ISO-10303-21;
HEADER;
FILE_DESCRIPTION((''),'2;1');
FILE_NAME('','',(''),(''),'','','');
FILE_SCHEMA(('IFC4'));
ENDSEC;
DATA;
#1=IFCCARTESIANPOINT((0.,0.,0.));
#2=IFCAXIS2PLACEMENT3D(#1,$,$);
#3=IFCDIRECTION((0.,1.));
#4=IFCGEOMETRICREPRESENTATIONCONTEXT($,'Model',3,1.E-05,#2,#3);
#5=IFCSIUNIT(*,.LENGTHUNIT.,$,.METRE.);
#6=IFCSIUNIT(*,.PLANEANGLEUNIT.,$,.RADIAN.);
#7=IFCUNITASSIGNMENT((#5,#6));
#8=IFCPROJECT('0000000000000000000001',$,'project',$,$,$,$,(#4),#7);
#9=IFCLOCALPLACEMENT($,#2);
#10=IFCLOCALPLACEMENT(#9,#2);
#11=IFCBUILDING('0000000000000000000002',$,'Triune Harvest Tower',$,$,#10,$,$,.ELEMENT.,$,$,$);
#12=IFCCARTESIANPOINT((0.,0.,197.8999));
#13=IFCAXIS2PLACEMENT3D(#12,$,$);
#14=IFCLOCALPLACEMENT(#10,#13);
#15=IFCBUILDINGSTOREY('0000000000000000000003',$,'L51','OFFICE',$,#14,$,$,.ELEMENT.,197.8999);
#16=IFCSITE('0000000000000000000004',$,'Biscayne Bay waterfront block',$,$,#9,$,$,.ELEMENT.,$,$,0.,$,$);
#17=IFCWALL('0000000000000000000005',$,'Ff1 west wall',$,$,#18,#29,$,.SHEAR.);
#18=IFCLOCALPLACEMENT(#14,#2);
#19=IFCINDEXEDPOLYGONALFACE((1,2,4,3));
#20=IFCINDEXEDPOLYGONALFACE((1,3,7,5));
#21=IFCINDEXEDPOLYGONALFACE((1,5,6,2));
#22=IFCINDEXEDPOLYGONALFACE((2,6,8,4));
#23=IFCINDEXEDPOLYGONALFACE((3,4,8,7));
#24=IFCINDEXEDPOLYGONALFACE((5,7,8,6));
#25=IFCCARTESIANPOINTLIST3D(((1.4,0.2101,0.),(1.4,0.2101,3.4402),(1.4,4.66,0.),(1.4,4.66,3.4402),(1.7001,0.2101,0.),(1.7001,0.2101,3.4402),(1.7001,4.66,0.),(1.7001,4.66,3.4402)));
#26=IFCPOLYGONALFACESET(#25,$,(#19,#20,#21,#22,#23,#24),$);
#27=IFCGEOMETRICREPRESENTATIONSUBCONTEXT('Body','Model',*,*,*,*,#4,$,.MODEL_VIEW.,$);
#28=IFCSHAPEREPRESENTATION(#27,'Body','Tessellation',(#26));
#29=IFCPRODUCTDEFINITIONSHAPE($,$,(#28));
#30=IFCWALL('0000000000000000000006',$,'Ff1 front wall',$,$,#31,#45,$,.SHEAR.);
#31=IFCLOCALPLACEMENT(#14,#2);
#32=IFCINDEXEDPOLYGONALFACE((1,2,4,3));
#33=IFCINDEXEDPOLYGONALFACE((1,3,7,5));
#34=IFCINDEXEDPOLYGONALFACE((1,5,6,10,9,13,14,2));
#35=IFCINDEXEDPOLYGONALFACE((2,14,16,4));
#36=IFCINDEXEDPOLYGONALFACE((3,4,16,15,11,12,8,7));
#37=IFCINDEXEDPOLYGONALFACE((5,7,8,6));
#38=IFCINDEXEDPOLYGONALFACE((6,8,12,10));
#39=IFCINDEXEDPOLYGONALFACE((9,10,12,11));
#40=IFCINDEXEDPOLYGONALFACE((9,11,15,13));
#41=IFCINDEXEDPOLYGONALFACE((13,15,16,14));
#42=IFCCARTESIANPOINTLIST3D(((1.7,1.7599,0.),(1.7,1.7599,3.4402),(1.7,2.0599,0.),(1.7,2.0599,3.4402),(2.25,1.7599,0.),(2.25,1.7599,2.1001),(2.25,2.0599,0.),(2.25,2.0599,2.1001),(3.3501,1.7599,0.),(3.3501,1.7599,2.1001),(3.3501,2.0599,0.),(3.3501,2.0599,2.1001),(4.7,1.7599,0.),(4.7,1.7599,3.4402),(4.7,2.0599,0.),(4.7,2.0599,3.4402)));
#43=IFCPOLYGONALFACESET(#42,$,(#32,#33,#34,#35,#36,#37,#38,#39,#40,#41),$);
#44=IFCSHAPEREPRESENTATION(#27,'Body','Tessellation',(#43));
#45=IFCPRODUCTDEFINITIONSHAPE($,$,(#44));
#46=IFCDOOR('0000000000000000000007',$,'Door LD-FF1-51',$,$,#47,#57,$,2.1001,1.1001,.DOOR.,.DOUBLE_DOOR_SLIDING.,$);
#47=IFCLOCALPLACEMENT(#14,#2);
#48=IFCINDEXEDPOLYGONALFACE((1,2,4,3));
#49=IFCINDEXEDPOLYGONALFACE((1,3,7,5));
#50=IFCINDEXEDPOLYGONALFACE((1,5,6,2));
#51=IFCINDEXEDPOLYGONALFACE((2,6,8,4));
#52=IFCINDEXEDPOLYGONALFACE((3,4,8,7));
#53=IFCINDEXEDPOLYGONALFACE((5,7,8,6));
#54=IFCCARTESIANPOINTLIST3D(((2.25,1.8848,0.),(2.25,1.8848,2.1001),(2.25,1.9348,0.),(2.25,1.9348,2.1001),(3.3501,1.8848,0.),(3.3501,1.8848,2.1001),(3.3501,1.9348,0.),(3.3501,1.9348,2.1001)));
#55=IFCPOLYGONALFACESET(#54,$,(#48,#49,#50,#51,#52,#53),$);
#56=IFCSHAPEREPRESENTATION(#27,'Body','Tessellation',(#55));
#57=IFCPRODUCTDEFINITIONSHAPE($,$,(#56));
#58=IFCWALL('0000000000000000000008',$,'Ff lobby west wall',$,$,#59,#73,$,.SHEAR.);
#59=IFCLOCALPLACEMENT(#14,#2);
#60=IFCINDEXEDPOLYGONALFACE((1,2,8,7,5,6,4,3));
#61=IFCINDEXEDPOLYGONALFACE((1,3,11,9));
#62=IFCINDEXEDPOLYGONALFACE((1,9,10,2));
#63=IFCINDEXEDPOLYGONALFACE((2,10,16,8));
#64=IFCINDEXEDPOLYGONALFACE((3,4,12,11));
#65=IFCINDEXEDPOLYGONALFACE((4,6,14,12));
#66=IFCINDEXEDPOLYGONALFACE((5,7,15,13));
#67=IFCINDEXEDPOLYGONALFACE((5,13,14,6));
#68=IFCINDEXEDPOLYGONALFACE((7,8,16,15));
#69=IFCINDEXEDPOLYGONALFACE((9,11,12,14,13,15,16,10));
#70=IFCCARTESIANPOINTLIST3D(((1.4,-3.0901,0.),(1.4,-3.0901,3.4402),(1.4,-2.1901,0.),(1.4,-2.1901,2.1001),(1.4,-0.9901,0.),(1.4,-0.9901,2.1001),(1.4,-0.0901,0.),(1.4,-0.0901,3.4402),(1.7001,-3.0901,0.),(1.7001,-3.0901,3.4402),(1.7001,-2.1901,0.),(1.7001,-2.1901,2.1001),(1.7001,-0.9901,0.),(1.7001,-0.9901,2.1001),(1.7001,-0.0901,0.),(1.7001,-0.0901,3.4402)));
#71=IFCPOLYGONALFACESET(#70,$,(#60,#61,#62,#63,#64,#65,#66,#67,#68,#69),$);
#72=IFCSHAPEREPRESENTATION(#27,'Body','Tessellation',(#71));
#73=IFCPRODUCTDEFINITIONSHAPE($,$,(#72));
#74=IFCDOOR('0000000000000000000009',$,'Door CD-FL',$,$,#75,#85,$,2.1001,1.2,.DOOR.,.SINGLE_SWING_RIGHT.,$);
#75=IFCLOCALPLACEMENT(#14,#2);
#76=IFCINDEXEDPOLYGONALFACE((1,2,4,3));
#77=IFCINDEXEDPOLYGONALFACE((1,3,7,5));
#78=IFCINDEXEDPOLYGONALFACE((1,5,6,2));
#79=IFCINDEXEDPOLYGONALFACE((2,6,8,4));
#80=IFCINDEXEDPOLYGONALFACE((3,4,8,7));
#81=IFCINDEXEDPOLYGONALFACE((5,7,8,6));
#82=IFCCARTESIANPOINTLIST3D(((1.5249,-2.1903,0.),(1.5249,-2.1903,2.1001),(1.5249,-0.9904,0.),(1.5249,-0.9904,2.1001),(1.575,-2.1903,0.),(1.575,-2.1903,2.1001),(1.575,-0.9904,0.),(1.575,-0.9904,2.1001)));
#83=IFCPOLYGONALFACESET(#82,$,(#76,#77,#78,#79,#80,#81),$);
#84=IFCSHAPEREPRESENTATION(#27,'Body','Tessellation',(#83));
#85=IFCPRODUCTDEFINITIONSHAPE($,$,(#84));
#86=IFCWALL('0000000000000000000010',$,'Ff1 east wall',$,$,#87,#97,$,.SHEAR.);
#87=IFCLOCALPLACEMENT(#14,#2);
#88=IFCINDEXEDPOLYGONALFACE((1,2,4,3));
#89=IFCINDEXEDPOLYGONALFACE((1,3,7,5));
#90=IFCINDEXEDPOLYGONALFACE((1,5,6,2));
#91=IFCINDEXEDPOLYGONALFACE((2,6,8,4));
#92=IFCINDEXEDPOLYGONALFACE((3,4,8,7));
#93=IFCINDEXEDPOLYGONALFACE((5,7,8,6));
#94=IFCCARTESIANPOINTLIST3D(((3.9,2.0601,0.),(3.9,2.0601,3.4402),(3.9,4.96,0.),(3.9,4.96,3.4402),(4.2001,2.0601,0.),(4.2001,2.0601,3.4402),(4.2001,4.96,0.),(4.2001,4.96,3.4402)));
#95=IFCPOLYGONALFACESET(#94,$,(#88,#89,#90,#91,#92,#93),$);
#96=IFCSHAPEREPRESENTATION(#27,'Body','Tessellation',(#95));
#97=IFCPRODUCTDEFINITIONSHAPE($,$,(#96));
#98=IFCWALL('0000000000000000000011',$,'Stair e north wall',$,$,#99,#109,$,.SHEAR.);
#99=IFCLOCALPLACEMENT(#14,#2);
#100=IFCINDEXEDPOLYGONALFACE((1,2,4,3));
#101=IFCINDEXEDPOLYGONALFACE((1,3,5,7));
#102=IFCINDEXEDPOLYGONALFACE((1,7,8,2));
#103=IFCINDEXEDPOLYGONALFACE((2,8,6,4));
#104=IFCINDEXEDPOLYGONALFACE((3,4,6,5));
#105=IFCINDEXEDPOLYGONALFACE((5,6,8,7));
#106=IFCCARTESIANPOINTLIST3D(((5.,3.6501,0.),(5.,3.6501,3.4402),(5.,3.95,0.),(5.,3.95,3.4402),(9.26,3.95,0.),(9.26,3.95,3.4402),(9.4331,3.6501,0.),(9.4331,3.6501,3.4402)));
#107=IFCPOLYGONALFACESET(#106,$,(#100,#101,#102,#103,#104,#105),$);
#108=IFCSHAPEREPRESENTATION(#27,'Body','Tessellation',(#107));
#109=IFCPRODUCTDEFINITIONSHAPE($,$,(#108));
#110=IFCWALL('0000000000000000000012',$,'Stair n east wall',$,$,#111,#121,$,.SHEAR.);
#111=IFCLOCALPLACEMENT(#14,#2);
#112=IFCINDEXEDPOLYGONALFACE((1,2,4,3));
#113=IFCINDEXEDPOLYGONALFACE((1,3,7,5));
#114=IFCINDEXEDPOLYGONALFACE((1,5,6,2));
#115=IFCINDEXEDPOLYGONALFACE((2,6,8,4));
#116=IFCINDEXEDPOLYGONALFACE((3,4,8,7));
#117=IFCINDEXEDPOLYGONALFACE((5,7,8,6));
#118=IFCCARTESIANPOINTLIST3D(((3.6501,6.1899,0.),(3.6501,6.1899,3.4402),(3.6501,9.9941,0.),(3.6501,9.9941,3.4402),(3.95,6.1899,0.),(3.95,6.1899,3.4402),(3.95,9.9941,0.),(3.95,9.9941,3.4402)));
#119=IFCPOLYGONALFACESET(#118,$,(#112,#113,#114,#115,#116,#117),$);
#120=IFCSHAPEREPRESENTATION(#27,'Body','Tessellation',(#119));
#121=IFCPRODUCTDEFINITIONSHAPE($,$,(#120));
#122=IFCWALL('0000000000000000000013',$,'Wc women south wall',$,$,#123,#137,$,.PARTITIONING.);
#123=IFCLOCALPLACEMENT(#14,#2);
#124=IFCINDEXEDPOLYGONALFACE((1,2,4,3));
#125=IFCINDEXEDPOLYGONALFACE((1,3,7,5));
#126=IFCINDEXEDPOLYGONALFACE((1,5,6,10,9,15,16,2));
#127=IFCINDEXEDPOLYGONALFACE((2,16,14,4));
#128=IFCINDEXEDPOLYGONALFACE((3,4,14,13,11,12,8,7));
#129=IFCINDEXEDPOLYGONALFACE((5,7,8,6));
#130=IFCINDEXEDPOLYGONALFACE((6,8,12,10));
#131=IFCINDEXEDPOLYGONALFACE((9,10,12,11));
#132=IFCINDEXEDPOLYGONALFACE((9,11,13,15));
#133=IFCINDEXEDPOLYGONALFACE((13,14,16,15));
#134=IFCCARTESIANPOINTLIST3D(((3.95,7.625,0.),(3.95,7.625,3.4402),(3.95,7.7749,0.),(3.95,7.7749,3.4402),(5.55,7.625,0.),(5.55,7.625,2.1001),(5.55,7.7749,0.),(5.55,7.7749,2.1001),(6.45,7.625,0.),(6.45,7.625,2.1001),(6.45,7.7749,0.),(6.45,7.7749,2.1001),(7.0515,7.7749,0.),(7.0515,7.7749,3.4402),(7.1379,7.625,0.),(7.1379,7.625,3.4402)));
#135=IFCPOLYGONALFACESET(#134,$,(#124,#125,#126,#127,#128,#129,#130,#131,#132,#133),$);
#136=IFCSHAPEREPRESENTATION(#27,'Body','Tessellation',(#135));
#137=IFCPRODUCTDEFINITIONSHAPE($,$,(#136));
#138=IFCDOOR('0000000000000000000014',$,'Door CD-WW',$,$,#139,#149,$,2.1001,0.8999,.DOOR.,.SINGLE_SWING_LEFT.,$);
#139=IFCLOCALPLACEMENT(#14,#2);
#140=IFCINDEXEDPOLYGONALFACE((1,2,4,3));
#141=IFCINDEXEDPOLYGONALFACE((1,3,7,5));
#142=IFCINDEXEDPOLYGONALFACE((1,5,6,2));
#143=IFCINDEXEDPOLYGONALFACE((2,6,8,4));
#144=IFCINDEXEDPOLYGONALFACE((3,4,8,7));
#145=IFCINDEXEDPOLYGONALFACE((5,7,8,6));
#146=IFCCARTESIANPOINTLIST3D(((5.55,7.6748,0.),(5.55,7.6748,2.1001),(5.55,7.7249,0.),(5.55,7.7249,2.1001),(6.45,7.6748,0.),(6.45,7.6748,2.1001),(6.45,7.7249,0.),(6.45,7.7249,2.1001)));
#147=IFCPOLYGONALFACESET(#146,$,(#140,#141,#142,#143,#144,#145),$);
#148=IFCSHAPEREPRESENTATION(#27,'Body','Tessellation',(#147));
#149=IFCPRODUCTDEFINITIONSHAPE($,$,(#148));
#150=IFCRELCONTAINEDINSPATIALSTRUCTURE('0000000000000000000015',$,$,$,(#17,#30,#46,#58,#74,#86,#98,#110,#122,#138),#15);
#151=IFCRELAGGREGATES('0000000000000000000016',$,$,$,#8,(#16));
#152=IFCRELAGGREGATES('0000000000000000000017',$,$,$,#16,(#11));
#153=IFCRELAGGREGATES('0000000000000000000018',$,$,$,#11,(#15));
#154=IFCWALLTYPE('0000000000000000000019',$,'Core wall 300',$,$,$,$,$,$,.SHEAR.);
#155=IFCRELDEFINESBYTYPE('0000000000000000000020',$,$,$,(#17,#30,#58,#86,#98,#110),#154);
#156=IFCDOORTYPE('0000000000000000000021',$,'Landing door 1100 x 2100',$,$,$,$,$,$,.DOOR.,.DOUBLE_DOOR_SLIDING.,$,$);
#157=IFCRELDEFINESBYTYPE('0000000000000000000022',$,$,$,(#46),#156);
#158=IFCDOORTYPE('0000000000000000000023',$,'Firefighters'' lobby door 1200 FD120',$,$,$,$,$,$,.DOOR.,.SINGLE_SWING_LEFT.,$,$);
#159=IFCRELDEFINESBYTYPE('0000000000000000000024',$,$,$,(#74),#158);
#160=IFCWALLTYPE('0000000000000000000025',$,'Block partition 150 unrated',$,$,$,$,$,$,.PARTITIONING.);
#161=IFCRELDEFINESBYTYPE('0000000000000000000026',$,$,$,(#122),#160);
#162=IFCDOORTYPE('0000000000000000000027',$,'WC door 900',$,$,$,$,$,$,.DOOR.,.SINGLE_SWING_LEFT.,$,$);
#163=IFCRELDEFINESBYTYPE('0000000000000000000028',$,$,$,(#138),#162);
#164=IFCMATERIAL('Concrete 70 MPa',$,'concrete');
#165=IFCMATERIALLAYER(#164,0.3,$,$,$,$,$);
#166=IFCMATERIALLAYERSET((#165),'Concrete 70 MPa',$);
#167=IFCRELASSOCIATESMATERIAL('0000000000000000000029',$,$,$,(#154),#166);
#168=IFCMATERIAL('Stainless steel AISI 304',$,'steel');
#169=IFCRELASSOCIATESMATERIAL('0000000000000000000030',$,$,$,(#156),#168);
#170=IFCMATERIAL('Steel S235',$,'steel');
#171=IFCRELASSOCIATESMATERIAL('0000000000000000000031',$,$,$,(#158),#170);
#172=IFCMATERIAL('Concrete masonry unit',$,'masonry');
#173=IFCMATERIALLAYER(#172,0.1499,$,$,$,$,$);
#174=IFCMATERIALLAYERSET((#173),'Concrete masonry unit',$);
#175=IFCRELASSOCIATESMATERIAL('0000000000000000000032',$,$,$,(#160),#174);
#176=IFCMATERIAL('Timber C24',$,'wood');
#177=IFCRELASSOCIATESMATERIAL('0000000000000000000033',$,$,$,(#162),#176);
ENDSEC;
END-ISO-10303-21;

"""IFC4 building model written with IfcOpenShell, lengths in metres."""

from ifc_helpers import new_model, si_unit, direction, frame, frame_2d, origin, place, context, subcontext, project, spatial, polyline, rectangle, outline, extrude, source, transform, mapped, material, layer, layer_set, type_object, element, fill, save


model = new_model("IFC4")

# Units and contexts
model_context = context("Model", 3, precision=1e-05, world=origin(), true_north=direction((0.0, 1.0)))
body_context = subcontext(model_context, "Body", "Model", "MODEL_VIEW")
ifc_project = project(units=[si_unit("LENGTHUNIT", "METRE"), si_unit("PLANEANGLEUNIT", "RADIAN")], contexts=[model_context])

# Site, building, storey
site_placement = place(None, origin())
site = spatial("IfcSite", under=ifc_project, at=site_placement, Name="Biscayne Bay waterfront block", CompositionType="ELEMENT", RefElevation=0.0)
building_placement = place(site_placement, origin())
building = spatial("IfcBuilding", under=site, at=building_placement, Name="Triune Harvest Tower", CompositionType="ELEMENT")
storey_placement = place(building_placement, frame((0.0, 0.0, 197.8999)))
storey = spatial("IfcBuildingStorey", under=building, at=storey_placement, Name="L51", Description="OFFICE", CompositionType="ELEMENT", Elevation=197.8999)

# Wall
ifc_material_1 = material(Name="Concrete 70 MPa", Category="concrete")
ifc_layer_1 = layer(ifc_material_1, 0.3)
ifc_layer_set_1 = layer_set([ifc_layer_1], Name="Concrete 70 MPa")
wall_type_1 = type_object("IfcWallType", Name="Core wall 300", PredefinedType="SHEAR", material=ifc_layer_set_1)
shared_shape_1 = source(origin(), body_context, "Body", "SweptSolid", [
    extrude(rectangle(XDim=4.45, YDim=0.3, at=frame_2d((2.2251, 0.0))), origin(), (0.0, 0.0, 1.0), 3.4402),
])
wall_1_placement = place(storey_placement, frame((1.55, 0.21, 0.0), z_axis=(0.0, 0.0, 1.0), x_axis=(0.0, 1.0, 0.0)))
element("IfcWall", 1, at=wall_1_placement, inside=storey, type_object=wall_type_1, Name="Ff1 west wall", PredefinedType="SHEAR", context=body_context, shape_type="MappedRepresentation", body=[
    mapped(shared_shape_1, transform((0.0, 0.0, 0.0), scale=1.0)),
])

# Walls, openings, doors
shared_shape_2 = source(origin(), body_context, "Body", "SweptSolid", [
    extrude(rectangle(XDim=3.0, YDim=0.3, at=frame_2d((1.5, 0.0))), origin(), (0.0, 0.0, 1.0), 3.4402),
])
wall_2_placement = place(storey_placement, frame((1.7, 1.9099, 0.0), z_axis=(0.0, 0.0, 1.0), x_axis=(1.0, 0.0, 0.0)))
wall_2 = element("IfcWall", 2, at=wall_2_placement, inside=storey, type_object=wall_type_1, Name="Ff1 front wall", PredefinedType="SHEAR", context=body_context, shape_type="MappedRepresentation", body=[
    mapped(shared_shape_2, transform((0.0, 0.0, 0.0), scale=1.0)),
])
opening_1_placement = place(wall_2_placement, frame((0.55, 0.0, 0.0)))
opening_1 = element("IfcOpeningElement", 3, at=opening_1_placement, cuts=wall_2, PredefinedType="OPENING", context=body_context, shape_type="SweptSolid", body=[
    extrude(rectangle(XDim=1.1001, YDim=2.1001, at=frame_2d((0.55, 1.05))), frame((0.0, 0.1602, 0.0), z_axis=(0.0, -1.0, 0.0), x_axis=(1.0, 0.0, 0.0)), (0.0, 0.0, 1.0), 0.3201),
])
ifc_material_2 = material(Name="Stainless steel AISI 304", Category="steel")
door_type_1 = type_object("IfcDoorType", Name="Landing door 1100 x 2100", OperationType="DOUBLE_DOOR_SLIDING", PredefinedType="DOOR", material=ifc_material_2)
door_1_placement = place(opening_1_placement, origin())
door_1 = element("IfcDoor", 4, at=door_1_placement, inside=storey, type_object=door_type_1, Name="Door LD-FF1-51", OperationType="DOUBLE_DOOR_SLIDING", OverallHeight=2.1001, OverallWidth=1.1001, PredefinedType="DOOR", context=body_context, shape_type="SweptSolid", body=[
    extrude(rectangle(XDim=1.1001, YDim=2.1001, at=frame_2d((0.55, 1.05))), frame((0.0, 0.0249, 0.0), z_axis=(0.0, -1.0, 0.0), x_axis=(1.0, 0.0, 0.0)), (0.0, 0.0, 1.0), 0.05),
])
fill(opening_1, door_1)
wall_3_placement = place(storey_placement, frame((1.55, -3.0901, 0.0), z_axis=(0.0, 0.0, 1.0), x_axis=(0.0, 1.0, 0.0)))
wall_3 = element("IfcWall", 5, at=wall_3_placement, inside=storey, type_object=wall_type_1, Name="Ff lobby west wall", PredefinedType="SHEAR", context=body_context, shape_type="MappedRepresentation", body=[
    mapped(shared_shape_2, transform((0.0, 0.0, 0.0), scale=1.0)),
])
opening_2_placement = place(wall_3_placement, frame((0.8999, 0.0, 0.0)))
opening_2 = element("IfcOpeningElement", 6, at=opening_2_placement, cuts=wall_3, PredefinedType="OPENING", context=body_context, shape_type="SweptSolid", body=[
    extrude(rectangle(XDim=1.2, YDim=2.1001, at=frame_2d((0.6001, 1.05))), frame((0.0, 0.1602, 0.0), z_axis=(0.0, -1.0, 0.0), x_axis=(1.0, 0.0, 0.0)), (0.0, 0.0, 1.0), 0.3201),
])
ifc_material_3 = material(Name="Steel S235", Category="steel")
door_type_2 = type_object("IfcDoorType", Name="Firefighters' lobby door 1200 FD120", OperationType="SINGLE_SWING_LEFT", PredefinedType="DOOR", material=ifc_material_3)
door_2_placement = place(opening_2_placement, frame((1.2, 0.0, 0.0), z_axis=(0.0, 0.0, 1.0), x_axis=(-1.0, 0.0, 0.0)))
door_2 = element("IfcDoor", 7, at=door_2_placement, inside=storey, type_object=door_type_2, Name="Door CD-FL", OperationType="SINGLE_SWING_RIGHT", OverallHeight=2.1001, OverallWidth=1.2, PredefinedType="DOOR", context=body_context, shape_type="SweptSolid", body=[
    extrude(rectangle(XDim=1.2, YDim=2.1001, at=frame_2d((0.6001, 1.05))), frame((0.0, 0.0249, 0.0), z_axis=(0.0, -1.0, 0.0), x_axis=(1.0, 0.0, 0.0)), (0.0, 0.0, 1.0), 0.05),
])
fill(opening_2, door_2)

# Walls
shared_shape_3 = source(origin(), body_context, "Body", "SweptSolid", [
    extrude(rectangle(XDim=2.8999, YDim=0.3, at=frame_2d((1.45, 0.0))), origin(), (0.0, 0.0, 1.0), 3.4402),
])
wall_4_placement = place(storey_placement, frame((4.05, 2.0601, 0.0), z_axis=(0.0, 0.0, 1.0), x_axis=(0.0, 1.0, 0.0)))
element("IfcWall", 8, at=wall_4_placement, inside=storey, type_object=wall_type_1, Name="Ff1 east wall", PredefinedType="SHEAR", context=body_context, shape_type="MappedRepresentation", body=[
    mapped(shared_shape_3, transform((0.0, 0.0, 0.0), scale=1.0)),
])
shared_shape_4 = source(origin(), body_context, "Body", "SweptSolid", [
    extrude(outline(polyline([(0.0, -0.1499), (0.0, 0.1499), (4.26, 0.1499), (4.4331, -0.1499), (0.0, -0.1499)])), origin(), (0.0, 0.0, 1.0), 3.4402),
])
wall_5_placement = place(storey_placement, frame((5.0, 3.8, 0.0), z_axis=(0.0, 0.0, 1.0), x_axis=(1.0, 0.0, 0.0)))
element("IfcWall", 9, at=wall_5_placement, inside=storey, type_object=wall_type_1, Name="Stair e north wall", PredefinedType="SHEAR", context=body_context, shape_type="MappedRepresentation", body=[
    mapped(shared_shape_4, transform((0.0, 0.0, 0.0), scale=1.0)),
])
shared_shape_5 = source(origin(), body_context, "Body", "SweptSolid", [
    extrude(outline(polyline([(0.0, -0.1499), (0.0, 0.1499), (3.8042, 0.1499), (3.8042, -0.1499), (0.0, -0.1499)])), origin(), (0.0, 0.0, 1.0), 3.4402),
])
wall_6_placement = place(storey_placement, frame((3.8, 6.1899, 0.0), z_axis=(0.0, 0.0, 1.0), x_axis=(0.0, 1.0, 0.0)))
element("IfcWall", 10, at=wall_6_placement, inside=storey, type_object=wall_type_1, Name="Stair n east wall", PredefinedType="SHEAR", context=body_context, shape_type="MappedRepresentation", body=[
    mapped(shared_shape_5, transform((0.0, 0.0, 0.0), scale=1.0)),
])

# Wall, opening, door
ifc_material_4 = material(Name="Concrete masonry unit", Category="masonry")
ifc_layer_2 = layer(ifc_material_4, 0.1499)
ifc_layer_set_2 = layer_set([ifc_layer_2], Name="Concrete masonry unit")
wall_type_2 = type_object("IfcWallType", Name="Block partition 150 unrated", PredefinedType="PARTITIONING", material=ifc_layer_set_2)
shared_shape_6 = source(origin(), body_context, "Body", "SweptSolid", [
    extrude(outline(polyline([(0.0, -0.075), (0.0, 0.075), (3.1016, 0.075), (3.188, -0.075), (0.0, -0.075)])), origin(), (0.0, 0.0, 1.0), 3.4402),
])
wall_7_placement = place(storey_placement, frame((3.95, 7.7, 0.0), z_axis=(0.0, 0.0, 1.0), x_axis=(1.0, 0.0, 0.0)))
wall_7 = element("IfcWall", 11, at=wall_7_placement, inside=storey, type_object=wall_type_2, Name="Wc women south wall", PredefinedType="PARTITIONING", context=body_context, shape_type="MappedRepresentation", body=[
    mapped(shared_shape_6, transform((0.0, 0.0, 0.0), scale=1.0)),
])
opening_3_placement = place(wall_7_placement, frame((1.6001, 0.0, 0.0)))
opening_3 = element("IfcOpeningElement", 12, at=opening_3_placement, cuts=wall_7, PredefinedType="OPENING", context=body_context, shape_type="SweptSolid", body=[
    extrude(rectangle(XDim=0.8999, YDim=2.1001, at=frame_2d((0.45, 1.05))), frame((0.0, 0.085, 0.0), z_axis=(0.0, -1.0, 0.0), x_axis=(1.0, 0.0, 0.0)), (0.0, 0.0, 1.0), 0.1699),
])
ifc_material_5 = material(Name="Timber C24", Category="wood")
door_type_3 = type_object("IfcDoorType", Name="WC door 900", OperationType="SINGLE_SWING_LEFT", PredefinedType="DOOR", material=ifc_material_5)
door_3_placement = place(opening_3_placement, origin())
door_3 = element("IfcDoor", 13, at=door_3_placement, inside=storey, type_object=door_type_3, Name="Door CD-WW", OperationType="SINGLE_SWING_LEFT", OverallHeight=2.1001, OverallWidth=0.8999, PredefinedType="DOOR", context=body_context, shape_type="SweptSolid", body=[
    extrude(rectangle(XDim=0.8999, YDim=2.1001, at=frame_2d((0.45, 1.05))), frame((0.0, 0.0249, 0.0), z_axis=(0.0, -1.0, 0.0), x_axis=(1.0, 0.0, 0.0)), (0.0, 0.0, 1.0), 0.05),
])
fill(opening_3, door_3)

save(model, "model.ifc")
